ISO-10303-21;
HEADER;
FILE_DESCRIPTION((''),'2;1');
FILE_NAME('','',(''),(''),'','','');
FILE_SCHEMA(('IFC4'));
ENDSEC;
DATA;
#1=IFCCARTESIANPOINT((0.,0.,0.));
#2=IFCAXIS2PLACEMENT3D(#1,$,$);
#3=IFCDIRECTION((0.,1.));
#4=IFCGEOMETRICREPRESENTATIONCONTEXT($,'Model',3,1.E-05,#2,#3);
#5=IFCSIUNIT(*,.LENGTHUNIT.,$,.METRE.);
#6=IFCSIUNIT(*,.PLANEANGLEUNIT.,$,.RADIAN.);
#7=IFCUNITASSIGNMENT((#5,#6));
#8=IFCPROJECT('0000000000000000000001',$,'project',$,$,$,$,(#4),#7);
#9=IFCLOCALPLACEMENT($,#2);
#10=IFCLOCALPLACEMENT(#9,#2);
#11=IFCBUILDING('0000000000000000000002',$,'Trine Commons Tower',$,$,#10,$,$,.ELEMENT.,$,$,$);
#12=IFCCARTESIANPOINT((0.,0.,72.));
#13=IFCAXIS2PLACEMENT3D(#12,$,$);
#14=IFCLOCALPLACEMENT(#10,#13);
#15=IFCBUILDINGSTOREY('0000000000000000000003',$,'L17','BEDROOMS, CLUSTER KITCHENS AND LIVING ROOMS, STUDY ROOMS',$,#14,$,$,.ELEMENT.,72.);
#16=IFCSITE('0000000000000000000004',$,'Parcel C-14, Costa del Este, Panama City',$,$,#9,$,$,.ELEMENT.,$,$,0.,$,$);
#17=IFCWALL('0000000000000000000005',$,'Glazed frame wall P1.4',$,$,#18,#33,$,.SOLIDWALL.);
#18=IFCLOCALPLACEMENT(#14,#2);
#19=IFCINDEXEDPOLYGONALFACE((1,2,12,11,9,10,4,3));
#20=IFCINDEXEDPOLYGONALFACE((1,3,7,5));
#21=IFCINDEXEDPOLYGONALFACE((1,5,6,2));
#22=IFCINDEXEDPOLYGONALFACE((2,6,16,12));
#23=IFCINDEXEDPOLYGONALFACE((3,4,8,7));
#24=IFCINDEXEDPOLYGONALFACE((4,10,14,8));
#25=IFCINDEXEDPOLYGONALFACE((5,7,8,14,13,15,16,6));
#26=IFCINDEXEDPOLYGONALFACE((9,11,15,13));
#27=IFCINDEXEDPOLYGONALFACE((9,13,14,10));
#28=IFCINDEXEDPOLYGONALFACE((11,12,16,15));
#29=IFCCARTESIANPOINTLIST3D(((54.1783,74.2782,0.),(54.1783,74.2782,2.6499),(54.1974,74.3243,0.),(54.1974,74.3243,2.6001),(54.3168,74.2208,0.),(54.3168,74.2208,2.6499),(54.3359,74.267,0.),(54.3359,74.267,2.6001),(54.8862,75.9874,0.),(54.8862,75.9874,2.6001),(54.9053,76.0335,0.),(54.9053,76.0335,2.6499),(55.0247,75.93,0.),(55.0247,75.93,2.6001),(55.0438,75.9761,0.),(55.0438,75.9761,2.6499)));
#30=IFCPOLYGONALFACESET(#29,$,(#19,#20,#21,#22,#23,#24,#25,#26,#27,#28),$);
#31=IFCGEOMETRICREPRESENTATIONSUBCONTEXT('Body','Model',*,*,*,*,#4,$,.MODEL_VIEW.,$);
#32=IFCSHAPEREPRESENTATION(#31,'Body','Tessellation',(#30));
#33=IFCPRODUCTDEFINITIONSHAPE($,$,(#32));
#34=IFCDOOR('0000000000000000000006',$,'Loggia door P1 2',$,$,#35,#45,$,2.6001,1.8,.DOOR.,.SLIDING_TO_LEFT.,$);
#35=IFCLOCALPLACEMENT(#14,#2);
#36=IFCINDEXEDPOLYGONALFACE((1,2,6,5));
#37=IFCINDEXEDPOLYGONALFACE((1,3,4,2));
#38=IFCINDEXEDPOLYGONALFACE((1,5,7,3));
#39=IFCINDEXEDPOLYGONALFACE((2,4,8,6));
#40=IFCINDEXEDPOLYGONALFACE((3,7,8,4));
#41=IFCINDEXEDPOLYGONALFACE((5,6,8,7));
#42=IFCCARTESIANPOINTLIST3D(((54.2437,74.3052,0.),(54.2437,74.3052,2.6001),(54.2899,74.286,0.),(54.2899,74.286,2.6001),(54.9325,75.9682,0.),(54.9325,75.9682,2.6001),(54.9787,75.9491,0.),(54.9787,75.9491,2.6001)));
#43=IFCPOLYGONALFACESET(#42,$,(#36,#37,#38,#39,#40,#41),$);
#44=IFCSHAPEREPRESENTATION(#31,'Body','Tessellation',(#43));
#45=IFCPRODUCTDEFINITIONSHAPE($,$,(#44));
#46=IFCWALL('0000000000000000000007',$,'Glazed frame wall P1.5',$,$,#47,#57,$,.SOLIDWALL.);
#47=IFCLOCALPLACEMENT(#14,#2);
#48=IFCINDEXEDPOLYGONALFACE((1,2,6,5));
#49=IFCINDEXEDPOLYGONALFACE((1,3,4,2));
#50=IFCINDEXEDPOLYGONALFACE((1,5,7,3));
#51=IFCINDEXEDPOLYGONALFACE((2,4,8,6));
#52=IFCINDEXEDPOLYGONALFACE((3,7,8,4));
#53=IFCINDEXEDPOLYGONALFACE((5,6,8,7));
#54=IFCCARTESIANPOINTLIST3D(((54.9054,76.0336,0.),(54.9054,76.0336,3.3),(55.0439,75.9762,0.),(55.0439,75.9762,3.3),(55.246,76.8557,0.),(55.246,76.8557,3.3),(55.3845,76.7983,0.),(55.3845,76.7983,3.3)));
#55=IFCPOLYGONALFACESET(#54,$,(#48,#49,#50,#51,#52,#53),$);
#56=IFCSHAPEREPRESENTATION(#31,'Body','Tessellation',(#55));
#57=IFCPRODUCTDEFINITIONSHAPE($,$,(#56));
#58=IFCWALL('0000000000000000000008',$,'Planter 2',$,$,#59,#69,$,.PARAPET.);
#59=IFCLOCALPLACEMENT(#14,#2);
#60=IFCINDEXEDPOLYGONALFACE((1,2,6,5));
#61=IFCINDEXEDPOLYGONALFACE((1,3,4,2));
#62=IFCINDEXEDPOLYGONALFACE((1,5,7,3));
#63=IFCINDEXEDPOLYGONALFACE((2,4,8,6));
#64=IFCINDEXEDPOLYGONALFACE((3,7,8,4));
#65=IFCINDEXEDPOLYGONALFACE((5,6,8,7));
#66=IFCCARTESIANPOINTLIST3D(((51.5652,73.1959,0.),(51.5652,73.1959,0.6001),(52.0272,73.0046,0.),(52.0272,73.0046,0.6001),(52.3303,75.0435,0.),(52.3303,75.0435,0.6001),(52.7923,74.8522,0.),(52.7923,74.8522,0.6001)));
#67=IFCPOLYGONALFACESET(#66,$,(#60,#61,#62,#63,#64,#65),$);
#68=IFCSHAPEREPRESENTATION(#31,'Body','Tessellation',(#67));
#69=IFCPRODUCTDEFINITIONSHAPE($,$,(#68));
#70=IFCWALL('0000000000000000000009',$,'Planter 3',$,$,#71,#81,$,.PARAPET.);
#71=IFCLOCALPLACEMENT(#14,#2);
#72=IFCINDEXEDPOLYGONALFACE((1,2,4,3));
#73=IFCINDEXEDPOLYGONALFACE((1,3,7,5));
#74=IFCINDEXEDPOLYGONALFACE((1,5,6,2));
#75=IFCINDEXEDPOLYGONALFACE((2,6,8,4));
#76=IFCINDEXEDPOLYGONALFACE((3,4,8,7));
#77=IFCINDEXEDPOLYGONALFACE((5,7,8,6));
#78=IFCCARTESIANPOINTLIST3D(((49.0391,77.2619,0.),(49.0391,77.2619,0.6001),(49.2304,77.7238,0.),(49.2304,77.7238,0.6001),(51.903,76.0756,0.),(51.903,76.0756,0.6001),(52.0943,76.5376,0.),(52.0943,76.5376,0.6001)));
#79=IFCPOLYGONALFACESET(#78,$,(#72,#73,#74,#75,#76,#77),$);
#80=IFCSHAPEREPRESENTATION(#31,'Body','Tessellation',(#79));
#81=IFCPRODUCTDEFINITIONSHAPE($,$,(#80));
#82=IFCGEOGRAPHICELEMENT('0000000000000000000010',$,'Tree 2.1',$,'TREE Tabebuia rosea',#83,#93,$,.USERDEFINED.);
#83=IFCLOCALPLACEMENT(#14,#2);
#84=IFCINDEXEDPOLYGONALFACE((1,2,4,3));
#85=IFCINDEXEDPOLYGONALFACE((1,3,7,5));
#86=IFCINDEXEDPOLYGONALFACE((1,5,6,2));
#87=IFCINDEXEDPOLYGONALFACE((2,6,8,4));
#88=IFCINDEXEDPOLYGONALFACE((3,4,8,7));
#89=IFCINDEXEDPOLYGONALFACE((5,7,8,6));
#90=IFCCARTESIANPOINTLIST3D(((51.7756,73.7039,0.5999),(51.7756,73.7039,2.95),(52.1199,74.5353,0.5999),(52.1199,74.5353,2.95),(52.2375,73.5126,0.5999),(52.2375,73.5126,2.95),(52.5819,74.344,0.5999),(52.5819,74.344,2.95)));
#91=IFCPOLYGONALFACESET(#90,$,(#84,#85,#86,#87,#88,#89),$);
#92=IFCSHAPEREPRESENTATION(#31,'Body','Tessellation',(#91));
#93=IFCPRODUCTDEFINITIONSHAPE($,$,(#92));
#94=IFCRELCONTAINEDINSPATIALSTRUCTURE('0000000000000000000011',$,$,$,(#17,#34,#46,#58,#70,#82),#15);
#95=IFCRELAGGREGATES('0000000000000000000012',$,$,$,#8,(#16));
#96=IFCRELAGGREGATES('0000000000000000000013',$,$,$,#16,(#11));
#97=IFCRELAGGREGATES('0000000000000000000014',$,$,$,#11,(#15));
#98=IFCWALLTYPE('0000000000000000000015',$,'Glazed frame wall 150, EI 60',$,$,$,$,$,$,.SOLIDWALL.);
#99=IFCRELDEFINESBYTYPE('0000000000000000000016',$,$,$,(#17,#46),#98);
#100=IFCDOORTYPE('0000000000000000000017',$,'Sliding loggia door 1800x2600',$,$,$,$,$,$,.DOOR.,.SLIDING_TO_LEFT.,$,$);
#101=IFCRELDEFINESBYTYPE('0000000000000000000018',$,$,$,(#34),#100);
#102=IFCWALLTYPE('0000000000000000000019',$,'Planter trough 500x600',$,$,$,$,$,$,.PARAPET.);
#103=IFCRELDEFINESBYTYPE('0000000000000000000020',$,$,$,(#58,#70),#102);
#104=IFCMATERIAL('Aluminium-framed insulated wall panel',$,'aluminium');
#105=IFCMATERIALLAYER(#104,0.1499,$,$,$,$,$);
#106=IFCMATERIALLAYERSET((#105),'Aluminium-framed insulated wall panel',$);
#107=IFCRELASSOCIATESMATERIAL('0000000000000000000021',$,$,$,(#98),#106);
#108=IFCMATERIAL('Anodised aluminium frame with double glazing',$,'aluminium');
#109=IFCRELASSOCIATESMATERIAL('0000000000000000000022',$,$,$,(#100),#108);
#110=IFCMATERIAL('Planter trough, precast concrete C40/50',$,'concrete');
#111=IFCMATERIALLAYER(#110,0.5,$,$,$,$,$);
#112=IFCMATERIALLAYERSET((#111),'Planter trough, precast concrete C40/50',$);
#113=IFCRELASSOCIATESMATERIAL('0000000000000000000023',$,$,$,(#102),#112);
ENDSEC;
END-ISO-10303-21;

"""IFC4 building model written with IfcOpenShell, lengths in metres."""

from ifc_helpers import new_model, si_unit, direction, frame, frame_2d, origin, origin_2d, place, context, subcontext, project, spatial, polyline, rectangle, outline, extrude, material, layer, layer_set, type_object, element, fill, save


model = new_model("IFC4")

# Units and contexts
model_context = context("Model", 3, precision=1e-05, world=origin(), true_north=direction((0.0, 1.0)))
body_context = subcontext(model_context, "Body", "Model", "MODEL_VIEW")
ifc_project = project(units=[si_unit("LENGTHUNIT", "METRE"), si_unit("PLANEANGLEUNIT", "RADIAN")], contexts=[model_context])

# Site, building, storey
site_placement = place(None, origin())
site = spatial("IfcSite", under=ifc_project, at=site_placement, Name="Parcel C-14, Costa del Este, Panama City", CompositionType="ELEMENT", RefElevation=0.0)
building_placement = place(site_placement, origin())
building = spatial("IfcBuilding", under=site, at=building_placement, Name="Trine Commons Tower", CompositionType="ELEMENT")
storey_placement = place(building_placement, frame((0.0, 0.0, 72.0)))
storey = spatial("IfcBuildingStorey", under=building, at=storey_placement, Name="L17", Description="BEDROOMS, CLUSTER KITCHENS AND LIVING ROOMS, STUDY ROOMS", CompositionType="ELEMENT", Elevation=72.0)

# Wall, opening, door
ifc_material_1 = material(Name="Aluminium-framed insulated wall panel", Category="aluminium")
ifc_layer_1 = layer(ifc_material_1, 0.1499)
ifc_layer_set_1 = layer_set([ifc_layer_1], Name="Aluminium-framed insulated wall panel")
wall_type_1 = type_object("IfcWallType", Name="Glazed frame wall 150, EI 60", PredefinedType="SOLIDWALL", material=ifc_layer_set_1)
wall_1_placement = place(storey_placement, frame((54.2476, 74.2495, 0.0), z_axis=(0.0, 0.0, 1.0), x_axis=(0.382662, 0.923888, 0.0)))
wall_1 = element("IfcWall", 1, at=wall_1_placement, inside=storey, type_object=wall_type_1, Name="Glazed frame wall P1.4", PredefinedType="SOLIDWALL", context=body_context, shape_type="SweptSolid", body=[
    extrude(outline(polyline([(0.0, -0.075), (1.8999, -0.075), (1.8999, 0.075), (0.0, 0.075), (0.0, -0.075)])), origin(), (0.0, 0.0, 1.0), 2.6499),
])
opening_1_placement = place(wall_1_placement, frame((0.05, 0.0, 0.0)))
opening_1 = element("IfcOpeningElement", 2, at=opening_1_placement, cuts=wall_1, PredefinedType="OPENING", context=body_context, shape_type="SweptSolid", body=[
    extrude(rectangle(XDim=1.8, YDim=2.6001, at=frame_2d((0.8999, 1.3))), frame((0.0, 0.085, 0.0), z_axis=(0.0, -1.0, 0.0), x_axis=(1.0, 0.0, 0.0)), (0.0, 0.0, 1.0), 0.1699),
])
ifc_material_2 = material(Name="Anodised aluminium frame with double glazing", Category="aluminium")
door_type = type_object("IfcDoorType", Name="Sliding loggia door 1800x2600", OperationType="SLIDING_TO_LEFT", PredefinedType="DOOR", material=ifc_material_2)
door_1_placement = place(opening_1_placement, origin())
door_1 = element("IfcDoor", 3, at=door_1_placement, inside=storey, type_object=door_type, Name="Loggia door P1 2", OperationType="SLIDING_TO_LEFT", OverallHeight=2.6001, OverallWidth=1.8, PredefinedType="DOOR", context=body_context, shape_type="SweptSolid", body=[
    extrude(rectangle(XDim=1.8, YDim=2.6001, at=frame_2d((0.8999, 1.3))), frame((0.0, 0.0249, 0.0), z_axis=(0.0, -1.0, 0.0), x_axis=(1.0, 0.0, 0.0)), (0.0, 0.0, 1.0), 0.05),
])
fill(opening_1, door_1)

# Wall
wall_2_placement = place(storey_placement, frame((54.9746, 76.0049, 0.0), z_axis=(0.0, 0.0, 1.0), x_axis=(0.382812, 0.923826, 0.0)))
element("IfcWall", 4, at=wall_2_placement, inside=storey, type_object=wall_type_1, Name="Glazed frame wall P1.5", PredefinedType="SOLIDWALL", context=body_context, shape_type="SweptSolid", body=[
    extrude(outline(polyline([(0.8899, 0.075), (0.0, 0.075), (0.0, -0.075), (0.8899, -0.075), (0.8899, 0.075)])), origin(), (0.0, 0.0, 1.0), 3.3),
])

# Walls
ifc_material_3 = material(Name="Planter trough, precast concrete C40/50", Category="concrete")
ifc_layer_2 = layer(ifc_material_3, 0.5)
ifc_layer_set_2 = layer_set([ifc_layer_2], Name="Planter trough, precast concrete C40/50")
wall_type_2 = type_object("IfcWallType", Name="Planter trough 500x600", PredefinedType="PARAPET", material=ifc_layer_set_2)
wall_3_placement = place(storey_placement, frame((51.7961, 73.1001, 0.0), z_axis=(0.0, 0.0, 1.0), x_axis=(0.382603, 0.923913, 0.0)))
element("IfcWall", 5, at=wall_3_placement, inside=storey, type_object=wall_type_2, Name="Planter 2", PredefinedType="PARAPET", context=body_context, shape_type="SweptSolid", body=[
    extrude(rectangle(XDim=1.9998, YDim=0.5, at=frame_2d((1.0, 0.0))), origin(), (0.0, 0.0, 1.0), 0.6001),
])
wall_4_placement = place(storey_placement, frame((51.9985, 76.3066, 0.0), z_axis=(0.0, 0.0, 1.0), x_axis=(-0.923883, 0.382674, 0.0)))
element("IfcWall", 6, at=wall_4_placement, inside=storey, type_object=wall_type_2, Name="Planter 3", PredefinedType="PARAPET", context=body_context, shape_type="SweptSolid", body=[
    extrude(rectangle(XDim=3.0999, YDim=0.5, at=frame_2d((1.5498, 0.0))), origin(), (0.0, 0.0, 1.0), 0.6001),
])

# Geographic element
geographic_element_placement = place(storey_placement, frame((52.1787, 74.0239, 0.5999), z_axis=(0.0, 0.0, 1.0), x_axis=(0.382688, 0.923878, 0.0)))
element("IfcGeographicElement", 7, at=geographic_element_placement, inside=storey, Name="Tree 2.1", ObjectType="TREE Tabebuia rosea", PredefinedType="USERDEFINED", context=body_context, shape_type="SweptSolid", body=[
    extrude(rectangle(XDim=0.8999, YDim=0.5, at=origin_2d()), origin(), (0.0, 0.0, 1.0), 2.3501),
])

save(model, "model.ifc")
